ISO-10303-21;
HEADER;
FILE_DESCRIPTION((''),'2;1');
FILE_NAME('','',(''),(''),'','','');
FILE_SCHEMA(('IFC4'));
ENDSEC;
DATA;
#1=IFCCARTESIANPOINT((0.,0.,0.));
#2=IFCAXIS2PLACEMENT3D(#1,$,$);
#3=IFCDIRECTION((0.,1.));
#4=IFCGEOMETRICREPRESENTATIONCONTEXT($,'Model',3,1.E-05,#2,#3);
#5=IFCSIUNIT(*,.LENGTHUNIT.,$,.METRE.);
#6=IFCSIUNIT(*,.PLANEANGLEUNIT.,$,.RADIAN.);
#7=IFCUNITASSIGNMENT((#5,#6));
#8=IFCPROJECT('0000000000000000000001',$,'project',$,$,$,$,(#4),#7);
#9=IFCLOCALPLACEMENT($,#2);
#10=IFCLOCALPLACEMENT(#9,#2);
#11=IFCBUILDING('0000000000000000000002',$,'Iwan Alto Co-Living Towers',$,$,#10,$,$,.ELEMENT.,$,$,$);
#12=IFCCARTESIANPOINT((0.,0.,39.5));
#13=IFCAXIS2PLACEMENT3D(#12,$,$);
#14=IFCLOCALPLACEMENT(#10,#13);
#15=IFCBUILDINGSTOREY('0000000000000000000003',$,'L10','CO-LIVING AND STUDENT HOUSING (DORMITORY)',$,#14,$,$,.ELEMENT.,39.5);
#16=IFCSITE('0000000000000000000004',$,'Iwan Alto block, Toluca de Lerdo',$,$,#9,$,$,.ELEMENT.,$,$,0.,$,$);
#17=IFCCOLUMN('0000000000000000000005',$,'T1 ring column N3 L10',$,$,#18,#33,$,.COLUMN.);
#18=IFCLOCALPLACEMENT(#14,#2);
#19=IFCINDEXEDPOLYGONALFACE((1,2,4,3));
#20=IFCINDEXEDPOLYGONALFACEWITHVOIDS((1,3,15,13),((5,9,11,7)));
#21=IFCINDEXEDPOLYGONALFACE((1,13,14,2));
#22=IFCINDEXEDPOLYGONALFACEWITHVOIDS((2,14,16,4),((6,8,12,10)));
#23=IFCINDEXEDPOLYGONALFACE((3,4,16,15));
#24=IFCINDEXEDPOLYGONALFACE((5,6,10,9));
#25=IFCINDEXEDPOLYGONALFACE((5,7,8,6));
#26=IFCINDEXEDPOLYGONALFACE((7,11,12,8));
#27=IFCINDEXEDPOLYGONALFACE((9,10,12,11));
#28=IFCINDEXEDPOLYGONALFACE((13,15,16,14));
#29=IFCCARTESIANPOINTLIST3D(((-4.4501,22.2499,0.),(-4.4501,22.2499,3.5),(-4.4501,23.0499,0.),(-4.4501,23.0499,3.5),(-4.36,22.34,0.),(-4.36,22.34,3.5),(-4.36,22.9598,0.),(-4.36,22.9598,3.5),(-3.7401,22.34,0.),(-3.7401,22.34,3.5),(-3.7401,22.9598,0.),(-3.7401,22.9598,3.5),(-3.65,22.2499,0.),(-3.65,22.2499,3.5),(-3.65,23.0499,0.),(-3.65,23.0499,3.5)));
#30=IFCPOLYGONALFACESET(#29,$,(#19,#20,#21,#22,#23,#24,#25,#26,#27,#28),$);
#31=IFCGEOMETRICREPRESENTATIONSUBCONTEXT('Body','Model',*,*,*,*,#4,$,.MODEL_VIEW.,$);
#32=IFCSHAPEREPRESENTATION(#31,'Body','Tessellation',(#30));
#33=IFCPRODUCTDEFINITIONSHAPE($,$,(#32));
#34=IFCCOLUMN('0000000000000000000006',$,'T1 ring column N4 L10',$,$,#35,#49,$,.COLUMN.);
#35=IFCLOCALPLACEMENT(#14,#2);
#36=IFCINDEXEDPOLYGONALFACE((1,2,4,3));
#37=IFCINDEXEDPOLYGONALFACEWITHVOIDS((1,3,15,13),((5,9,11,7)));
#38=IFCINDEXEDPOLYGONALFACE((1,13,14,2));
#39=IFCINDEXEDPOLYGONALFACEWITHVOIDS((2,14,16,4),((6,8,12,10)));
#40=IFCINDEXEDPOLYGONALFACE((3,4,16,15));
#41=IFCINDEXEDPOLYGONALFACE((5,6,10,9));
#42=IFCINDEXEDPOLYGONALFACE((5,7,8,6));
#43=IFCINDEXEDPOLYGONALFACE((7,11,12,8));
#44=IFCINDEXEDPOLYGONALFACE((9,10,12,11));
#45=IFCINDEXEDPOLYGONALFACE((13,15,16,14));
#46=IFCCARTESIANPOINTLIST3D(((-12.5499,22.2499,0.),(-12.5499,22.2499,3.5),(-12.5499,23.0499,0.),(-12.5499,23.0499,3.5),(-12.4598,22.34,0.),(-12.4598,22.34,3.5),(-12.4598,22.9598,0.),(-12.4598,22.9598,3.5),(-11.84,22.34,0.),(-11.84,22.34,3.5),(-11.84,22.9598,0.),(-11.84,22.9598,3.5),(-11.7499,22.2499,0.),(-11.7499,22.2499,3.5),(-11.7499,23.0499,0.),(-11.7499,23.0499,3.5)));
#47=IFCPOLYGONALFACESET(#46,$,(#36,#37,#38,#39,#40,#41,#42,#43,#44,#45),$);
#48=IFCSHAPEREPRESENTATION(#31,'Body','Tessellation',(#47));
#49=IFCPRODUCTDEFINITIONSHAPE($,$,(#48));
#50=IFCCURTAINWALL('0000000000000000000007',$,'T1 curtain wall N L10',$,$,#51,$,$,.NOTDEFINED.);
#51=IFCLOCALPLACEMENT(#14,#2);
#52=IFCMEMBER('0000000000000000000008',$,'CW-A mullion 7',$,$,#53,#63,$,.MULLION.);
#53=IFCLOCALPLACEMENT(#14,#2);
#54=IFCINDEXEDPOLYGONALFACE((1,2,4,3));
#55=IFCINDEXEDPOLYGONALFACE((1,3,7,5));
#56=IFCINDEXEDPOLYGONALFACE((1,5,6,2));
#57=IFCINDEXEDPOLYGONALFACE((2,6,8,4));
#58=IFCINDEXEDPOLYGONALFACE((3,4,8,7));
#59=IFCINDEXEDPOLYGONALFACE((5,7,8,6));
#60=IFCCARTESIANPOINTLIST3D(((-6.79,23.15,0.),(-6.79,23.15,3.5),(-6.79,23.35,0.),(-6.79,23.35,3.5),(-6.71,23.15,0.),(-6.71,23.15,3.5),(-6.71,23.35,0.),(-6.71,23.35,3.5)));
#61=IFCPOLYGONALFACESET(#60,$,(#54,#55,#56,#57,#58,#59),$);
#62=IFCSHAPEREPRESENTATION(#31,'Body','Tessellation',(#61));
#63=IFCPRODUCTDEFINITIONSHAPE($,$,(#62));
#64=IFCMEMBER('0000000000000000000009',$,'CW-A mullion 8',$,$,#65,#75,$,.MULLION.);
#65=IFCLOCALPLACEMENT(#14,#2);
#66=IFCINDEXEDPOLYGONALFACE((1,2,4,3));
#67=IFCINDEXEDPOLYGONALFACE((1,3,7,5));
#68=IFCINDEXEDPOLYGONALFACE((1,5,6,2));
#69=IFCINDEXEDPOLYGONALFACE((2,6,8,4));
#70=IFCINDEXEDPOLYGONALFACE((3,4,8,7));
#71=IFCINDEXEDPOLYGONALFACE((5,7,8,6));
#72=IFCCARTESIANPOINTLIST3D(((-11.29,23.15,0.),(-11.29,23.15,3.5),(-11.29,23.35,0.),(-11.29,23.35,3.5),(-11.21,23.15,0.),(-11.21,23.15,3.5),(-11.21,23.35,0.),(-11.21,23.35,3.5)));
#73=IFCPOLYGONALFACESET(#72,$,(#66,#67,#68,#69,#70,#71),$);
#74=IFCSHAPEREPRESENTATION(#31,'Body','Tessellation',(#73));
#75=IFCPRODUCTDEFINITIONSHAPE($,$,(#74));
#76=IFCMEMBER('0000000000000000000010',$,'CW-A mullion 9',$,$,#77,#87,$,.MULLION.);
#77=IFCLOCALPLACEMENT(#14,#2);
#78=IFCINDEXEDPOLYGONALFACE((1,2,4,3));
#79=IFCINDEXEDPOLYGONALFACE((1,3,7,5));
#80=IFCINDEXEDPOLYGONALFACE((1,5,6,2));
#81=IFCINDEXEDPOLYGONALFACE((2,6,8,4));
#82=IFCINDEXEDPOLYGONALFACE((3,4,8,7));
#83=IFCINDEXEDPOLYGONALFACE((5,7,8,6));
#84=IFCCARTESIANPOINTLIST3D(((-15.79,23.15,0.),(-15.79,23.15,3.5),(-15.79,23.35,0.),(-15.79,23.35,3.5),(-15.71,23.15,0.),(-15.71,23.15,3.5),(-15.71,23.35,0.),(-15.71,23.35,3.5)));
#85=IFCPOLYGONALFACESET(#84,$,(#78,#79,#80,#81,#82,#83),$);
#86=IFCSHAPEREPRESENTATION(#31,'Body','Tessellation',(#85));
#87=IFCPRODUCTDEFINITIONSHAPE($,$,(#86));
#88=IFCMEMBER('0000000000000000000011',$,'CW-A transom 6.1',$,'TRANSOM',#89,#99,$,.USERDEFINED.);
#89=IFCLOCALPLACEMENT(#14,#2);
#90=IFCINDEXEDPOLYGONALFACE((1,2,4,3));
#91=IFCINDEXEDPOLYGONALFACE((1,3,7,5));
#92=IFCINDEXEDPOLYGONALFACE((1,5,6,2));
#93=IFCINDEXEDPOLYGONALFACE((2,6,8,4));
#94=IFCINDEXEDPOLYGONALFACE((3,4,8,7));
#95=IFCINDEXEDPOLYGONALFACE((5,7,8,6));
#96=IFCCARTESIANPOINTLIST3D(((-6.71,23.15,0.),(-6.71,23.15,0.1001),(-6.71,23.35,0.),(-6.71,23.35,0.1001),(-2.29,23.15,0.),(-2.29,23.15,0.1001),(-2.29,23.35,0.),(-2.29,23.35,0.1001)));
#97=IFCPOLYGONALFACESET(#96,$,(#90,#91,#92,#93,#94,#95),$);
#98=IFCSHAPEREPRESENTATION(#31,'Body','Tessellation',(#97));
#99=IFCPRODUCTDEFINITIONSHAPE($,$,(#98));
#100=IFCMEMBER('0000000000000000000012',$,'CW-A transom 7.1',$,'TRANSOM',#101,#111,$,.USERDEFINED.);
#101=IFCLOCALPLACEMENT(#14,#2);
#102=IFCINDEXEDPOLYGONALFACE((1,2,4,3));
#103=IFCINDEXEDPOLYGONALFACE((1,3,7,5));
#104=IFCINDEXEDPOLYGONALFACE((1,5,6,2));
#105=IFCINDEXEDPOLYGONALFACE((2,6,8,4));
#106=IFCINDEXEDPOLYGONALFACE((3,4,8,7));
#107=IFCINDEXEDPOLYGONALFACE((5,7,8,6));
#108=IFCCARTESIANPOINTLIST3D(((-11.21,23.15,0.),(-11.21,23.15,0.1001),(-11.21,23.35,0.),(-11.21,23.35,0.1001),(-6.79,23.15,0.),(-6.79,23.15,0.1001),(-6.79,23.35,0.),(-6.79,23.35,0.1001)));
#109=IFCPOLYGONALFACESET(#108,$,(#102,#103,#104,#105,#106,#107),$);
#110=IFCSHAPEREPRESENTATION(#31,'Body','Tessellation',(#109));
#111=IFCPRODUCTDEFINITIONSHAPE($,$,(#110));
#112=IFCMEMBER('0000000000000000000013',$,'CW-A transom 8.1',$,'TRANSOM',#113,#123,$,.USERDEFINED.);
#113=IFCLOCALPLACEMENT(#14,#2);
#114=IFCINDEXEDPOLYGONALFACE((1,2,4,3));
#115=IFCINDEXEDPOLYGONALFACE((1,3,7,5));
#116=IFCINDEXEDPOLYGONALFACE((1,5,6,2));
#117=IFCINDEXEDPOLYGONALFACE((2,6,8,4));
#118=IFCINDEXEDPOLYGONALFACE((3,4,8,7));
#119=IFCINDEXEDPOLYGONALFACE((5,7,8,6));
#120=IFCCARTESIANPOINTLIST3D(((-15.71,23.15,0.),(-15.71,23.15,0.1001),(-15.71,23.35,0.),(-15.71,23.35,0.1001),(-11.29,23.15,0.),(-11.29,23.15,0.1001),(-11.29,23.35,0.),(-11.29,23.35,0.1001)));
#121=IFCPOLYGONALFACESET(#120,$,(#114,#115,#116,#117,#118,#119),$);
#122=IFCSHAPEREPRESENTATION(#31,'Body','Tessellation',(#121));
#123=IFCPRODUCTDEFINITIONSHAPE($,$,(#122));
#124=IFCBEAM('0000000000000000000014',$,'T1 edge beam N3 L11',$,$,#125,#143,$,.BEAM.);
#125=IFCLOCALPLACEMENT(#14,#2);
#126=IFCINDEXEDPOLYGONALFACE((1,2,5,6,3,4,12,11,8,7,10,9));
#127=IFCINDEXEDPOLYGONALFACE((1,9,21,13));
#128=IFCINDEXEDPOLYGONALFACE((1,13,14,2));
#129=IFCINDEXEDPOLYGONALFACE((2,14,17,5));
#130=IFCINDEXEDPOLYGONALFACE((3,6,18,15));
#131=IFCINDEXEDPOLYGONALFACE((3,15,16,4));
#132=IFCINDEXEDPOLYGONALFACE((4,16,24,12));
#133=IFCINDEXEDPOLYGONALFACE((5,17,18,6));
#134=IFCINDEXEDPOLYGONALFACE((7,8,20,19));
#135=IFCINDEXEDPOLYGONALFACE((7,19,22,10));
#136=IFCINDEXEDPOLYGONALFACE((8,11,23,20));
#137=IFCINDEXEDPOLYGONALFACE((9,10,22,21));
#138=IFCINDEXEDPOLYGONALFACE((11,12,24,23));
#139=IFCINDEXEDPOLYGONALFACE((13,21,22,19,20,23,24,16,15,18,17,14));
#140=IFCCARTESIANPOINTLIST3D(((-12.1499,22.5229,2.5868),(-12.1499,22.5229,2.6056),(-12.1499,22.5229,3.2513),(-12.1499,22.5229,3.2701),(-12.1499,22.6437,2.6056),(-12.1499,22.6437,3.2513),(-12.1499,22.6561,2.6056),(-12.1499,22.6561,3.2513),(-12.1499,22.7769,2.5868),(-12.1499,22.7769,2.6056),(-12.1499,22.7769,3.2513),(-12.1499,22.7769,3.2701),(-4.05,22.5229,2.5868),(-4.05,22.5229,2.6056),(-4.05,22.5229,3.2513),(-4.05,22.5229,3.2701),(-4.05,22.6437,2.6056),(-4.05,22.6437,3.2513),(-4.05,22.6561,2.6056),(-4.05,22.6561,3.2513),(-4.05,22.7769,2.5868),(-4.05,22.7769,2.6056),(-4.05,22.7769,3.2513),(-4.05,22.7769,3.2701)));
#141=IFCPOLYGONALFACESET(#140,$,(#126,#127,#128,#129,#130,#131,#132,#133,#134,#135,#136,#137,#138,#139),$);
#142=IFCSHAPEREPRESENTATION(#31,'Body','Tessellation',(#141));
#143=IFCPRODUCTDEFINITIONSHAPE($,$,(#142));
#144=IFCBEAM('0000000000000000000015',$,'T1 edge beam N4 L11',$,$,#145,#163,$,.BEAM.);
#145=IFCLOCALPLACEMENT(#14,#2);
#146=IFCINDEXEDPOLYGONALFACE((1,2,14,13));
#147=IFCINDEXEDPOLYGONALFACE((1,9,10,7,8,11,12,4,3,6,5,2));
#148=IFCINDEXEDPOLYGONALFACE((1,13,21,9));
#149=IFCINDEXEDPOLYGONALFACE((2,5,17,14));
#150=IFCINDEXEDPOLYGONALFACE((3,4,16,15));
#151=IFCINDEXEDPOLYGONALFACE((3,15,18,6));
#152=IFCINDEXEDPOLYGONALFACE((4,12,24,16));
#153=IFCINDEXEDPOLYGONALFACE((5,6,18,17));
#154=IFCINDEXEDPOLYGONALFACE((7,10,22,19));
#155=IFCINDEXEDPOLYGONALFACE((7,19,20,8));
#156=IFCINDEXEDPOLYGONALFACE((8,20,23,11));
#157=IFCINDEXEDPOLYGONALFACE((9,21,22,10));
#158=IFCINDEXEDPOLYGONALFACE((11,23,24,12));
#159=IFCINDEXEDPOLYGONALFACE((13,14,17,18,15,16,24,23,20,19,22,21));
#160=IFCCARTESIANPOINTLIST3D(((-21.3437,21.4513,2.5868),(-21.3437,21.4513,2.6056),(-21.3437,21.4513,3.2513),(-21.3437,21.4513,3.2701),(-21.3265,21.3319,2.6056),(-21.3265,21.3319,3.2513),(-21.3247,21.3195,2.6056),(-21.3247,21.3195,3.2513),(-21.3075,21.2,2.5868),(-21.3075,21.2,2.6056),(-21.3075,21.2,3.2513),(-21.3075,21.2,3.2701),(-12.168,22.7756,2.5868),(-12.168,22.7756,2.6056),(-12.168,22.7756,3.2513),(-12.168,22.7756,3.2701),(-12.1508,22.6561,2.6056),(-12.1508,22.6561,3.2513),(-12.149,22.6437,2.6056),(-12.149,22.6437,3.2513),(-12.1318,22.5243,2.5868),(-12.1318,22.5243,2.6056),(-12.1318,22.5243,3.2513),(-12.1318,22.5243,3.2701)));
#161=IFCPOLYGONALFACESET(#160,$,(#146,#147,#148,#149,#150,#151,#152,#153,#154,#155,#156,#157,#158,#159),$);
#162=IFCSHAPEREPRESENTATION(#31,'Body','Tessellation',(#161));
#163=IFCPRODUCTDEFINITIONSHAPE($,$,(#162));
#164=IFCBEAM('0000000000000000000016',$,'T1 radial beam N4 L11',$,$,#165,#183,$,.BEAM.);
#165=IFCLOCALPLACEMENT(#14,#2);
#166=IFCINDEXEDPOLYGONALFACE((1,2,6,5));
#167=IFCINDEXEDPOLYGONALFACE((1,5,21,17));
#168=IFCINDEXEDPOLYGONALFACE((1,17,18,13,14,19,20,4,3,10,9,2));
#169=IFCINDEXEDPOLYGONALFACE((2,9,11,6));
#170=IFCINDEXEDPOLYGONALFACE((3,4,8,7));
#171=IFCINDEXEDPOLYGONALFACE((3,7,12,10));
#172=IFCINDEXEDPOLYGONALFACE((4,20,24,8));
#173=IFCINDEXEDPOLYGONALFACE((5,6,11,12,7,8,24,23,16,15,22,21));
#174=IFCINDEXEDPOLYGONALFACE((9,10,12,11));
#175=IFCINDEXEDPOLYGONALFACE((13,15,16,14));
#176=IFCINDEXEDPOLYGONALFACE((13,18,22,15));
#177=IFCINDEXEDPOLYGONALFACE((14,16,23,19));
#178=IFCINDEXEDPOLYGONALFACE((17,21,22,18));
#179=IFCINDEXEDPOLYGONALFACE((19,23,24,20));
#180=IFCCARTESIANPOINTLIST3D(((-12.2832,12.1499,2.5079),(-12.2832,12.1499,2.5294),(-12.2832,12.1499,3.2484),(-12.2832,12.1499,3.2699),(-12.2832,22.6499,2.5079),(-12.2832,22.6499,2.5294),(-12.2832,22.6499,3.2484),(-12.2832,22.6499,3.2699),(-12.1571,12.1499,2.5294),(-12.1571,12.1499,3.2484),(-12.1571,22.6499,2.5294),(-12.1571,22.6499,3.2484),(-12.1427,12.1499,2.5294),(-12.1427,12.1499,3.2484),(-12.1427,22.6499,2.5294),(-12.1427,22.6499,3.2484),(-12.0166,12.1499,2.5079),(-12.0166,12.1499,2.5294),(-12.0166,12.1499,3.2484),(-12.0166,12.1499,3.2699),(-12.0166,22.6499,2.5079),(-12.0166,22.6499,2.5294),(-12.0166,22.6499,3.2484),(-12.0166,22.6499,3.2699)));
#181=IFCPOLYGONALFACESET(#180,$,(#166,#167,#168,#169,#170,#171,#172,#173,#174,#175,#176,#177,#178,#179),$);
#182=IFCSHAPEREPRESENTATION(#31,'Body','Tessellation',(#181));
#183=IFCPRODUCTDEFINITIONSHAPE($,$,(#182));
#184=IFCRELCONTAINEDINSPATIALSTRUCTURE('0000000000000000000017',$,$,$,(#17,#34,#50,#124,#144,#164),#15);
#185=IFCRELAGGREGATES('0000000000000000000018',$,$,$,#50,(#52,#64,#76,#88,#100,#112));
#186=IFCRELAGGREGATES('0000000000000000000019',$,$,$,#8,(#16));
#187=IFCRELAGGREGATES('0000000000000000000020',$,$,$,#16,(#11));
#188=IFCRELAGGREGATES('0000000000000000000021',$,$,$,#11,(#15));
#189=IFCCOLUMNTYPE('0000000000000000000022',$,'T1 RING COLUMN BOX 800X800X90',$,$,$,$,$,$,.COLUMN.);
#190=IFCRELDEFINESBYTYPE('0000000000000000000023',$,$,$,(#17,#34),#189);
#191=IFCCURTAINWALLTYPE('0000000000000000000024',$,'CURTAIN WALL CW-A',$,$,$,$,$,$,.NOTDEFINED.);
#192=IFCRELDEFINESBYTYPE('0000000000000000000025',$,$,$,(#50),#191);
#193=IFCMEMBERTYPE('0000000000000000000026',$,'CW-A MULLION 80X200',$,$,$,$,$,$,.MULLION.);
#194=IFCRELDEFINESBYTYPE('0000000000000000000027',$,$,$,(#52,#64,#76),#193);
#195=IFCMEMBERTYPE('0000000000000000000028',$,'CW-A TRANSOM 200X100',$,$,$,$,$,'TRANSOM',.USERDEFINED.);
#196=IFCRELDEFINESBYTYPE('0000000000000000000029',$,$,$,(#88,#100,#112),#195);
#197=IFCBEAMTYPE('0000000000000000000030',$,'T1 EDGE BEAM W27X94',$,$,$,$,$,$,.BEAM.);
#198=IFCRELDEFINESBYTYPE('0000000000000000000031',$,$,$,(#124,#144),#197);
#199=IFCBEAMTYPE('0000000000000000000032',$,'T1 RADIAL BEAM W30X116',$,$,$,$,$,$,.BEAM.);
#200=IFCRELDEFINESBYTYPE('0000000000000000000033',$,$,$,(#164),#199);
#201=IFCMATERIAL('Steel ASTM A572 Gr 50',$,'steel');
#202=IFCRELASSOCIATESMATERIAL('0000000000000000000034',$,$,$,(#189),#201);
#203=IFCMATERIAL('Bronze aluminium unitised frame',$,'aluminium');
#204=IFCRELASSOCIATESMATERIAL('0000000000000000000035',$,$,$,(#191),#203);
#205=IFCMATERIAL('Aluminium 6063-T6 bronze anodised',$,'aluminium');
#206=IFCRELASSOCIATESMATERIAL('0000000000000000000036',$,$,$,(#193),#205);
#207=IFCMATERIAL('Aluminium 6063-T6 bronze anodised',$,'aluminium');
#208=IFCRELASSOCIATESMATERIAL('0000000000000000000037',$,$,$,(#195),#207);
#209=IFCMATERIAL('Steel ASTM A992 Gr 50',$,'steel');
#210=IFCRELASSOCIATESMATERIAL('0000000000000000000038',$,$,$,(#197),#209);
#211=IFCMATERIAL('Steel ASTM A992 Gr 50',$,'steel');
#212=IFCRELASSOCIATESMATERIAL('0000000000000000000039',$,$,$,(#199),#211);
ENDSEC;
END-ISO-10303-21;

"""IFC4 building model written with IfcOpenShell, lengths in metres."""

from ifc_helpers import new_model, si_unit, direction, frame, origin, origin_2d, place, context, subcontext, project, spatial, rectangle, hollow_rectangle, i_section, extrude, material, material_profile, profile_set, type_object, element, aggregate, save


model = new_model("IFC4")

# Units and contexts
model_context = context("Model", 3, precision=1e-05, world=origin(), true_north=direction((0.0, 1.0)))
body_context = subcontext(model_context, "Body", "Model", "MODEL_VIEW")
ifc_project = project(units=[si_unit("LENGTHUNIT", "METRE"), si_unit("PLANEANGLEUNIT", "RADIAN")], contexts=[model_context])

# Site, building, storey
site_placement = place(None, origin())
site = spatial("IfcSite", under=ifc_project, at=site_placement, Name="Iwan Alto block, Toluca de Lerdo", CompositionType="ELEMENT", RefElevation=0.0)
building_placement = place(site_placement, origin())
building = spatial("IfcBuilding", under=site, at=building_placement, Name="Iwan Alto Co-Living Towers", CompositionType="ELEMENT")
storey_placement = place(building_placement, frame((0.0, 0.0, 39.5)))
storey = spatial("IfcBuildingStorey", under=building, at=storey_placement, Name="L10", Description="CO-LIVING AND STUDENT HOUSING (DORMITORY)", CompositionType="ELEMENT", Elevation=39.5)

# Columns
ifc_material_1 = material(Name="Steel ASTM A572 Gr 50", Category="steel")
ifc_material_profile_1 = material_profile(ifc_material_1, hollow_rectangle(XDim=0.8, YDim=0.8, WallThickness=0.0901, at=origin_2d()), Name="BOX 800X800X90")
ifc_profile_set_1 = profile_set([ifc_material_profile_1], Name="Steel ASTM A572 Gr 50")
column_type = type_object("IfcColumnType", Name="T1 RING COLUMN BOX 800X800X90", PredefinedType="COLUMN", material=ifc_profile_set_1)
for number, where, z_axis, x_axis, name in (
    (1, (-4.05, 22.6499, 0.0), (0.0, 0.0, 1.0), (1.0, 0.0, 0.0), "T1 ring column N3 L10"),
    (2, (-12.1499, 22.6499, 0.0), (0.0, 0.0, 1.0), (1.0, 0.0, 0.0), "T1 ring column N4 L10"),
):
    element("IfcColumn", number, at=place(storey_placement, frame(where, z_axis=z_axis, x_axis=x_axis)), inside=storey, type_object=column_type, Name=name, PredefinedType="COLUMN", context=body_context, shape_type="SweptSolid", body=[
        extrude(hollow_rectangle(XDim=0.8, YDim=0.8, WallThickness=0.0901, at=origin_2d()), origin(), (0.0, 0.0, 1.0), 3.5),
    ])

# Curtain wall, members
ifc_material_2 = material(Name="Bronze aluminium unitised frame", Category="aluminium")
curtain_wall_type = type_object("IfcCurtainWallType", Name="CURTAIN WALL CW-A", PredefinedType="NOTDEFINED", material=ifc_material_2)
curtain_wall_placement = place(storey_placement, origin())
curtain_wall = element("IfcCurtainWall", 3, at=curtain_wall_placement, inside=storey, type_object=curtain_wall_type, Name="T1 curtain wall N L10", PredefinedType="NOTDEFINED")
ifc_material_3 = material(Name="Aluminium 6063-T6 bronze anodised", Category="aluminium")
ifc_material_profile_2 = material_profile(ifc_material_3, rectangle(XDim=0.2, YDim=0.0801, at=origin_2d()), Name="AL 80X200")
ifc_profile_set_2 = profile_set([ifc_material_profile_2], Name="Aluminium 6063-T6 bronze anodised")
member_type_1 = type_object("IfcMemberType", Name="CW-A MULLION 80X200", PredefinedType="MULLION", material=ifc_profile_set_2)
member_1_placement = place(storey_placement, frame((-6.75, 23.25, 0.0), z_axis=(0.0, 0.0, 1.0), x_axis=(0.0, -1.0, 0.0)))
member_1 = element("IfcMember", 4, at=member_1_placement, type_object=member_type_1, Name="CW-A mullion 7", PredefinedType="MULLION", context=body_context, shape_type="SweptSolid", body=[
    extrude(rectangle(XDim=0.2, YDim=0.0801, at=origin_2d()), origin(), (0.0, 0.0, 1.0), 3.5),
])
member_2_placement = place(storey_placement, frame((-11.25, 23.25, 0.0), z_axis=(0.0, 0.0, 1.0), x_axis=(0.0, -1.0, 0.0)))
member_2 = element("IfcMember", 5, at=member_2_placement, type_object=member_type_1, Name="CW-A mullion 8", PredefinedType="MULLION", context=body_context, shape_type="SweptSolid", body=[
    extrude(rectangle(XDim=0.2, YDim=0.0801, at=origin_2d()), origin(), (0.0, 0.0, 1.0), 3.5),
])
member_3_placement = place(storey_placement, frame((-15.75, 23.25, 0.0), z_axis=(0.0, 0.0, 1.0), x_axis=(0.0, -1.0, 0.0)))
member_3 = element("IfcMember", 6, at=member_3_placement, type_object=member_type_1, Name="CW-A mullion 9", PredefinedType="MULLION", context=body_context, shape_type="SweptSolid", body=[
    extrude(rectangle(XDim=0.2, YDim=0.0801, at=origin_2d()), origin(), (0.0, 0.0, 1.0), 3.5),
])
ifc_material_4 = material(Name="Aluminium 6063-T6 bronze anodised", Category="aluminium")
ifc_material_profile_3 = material_profile(ifc_material_4, rectangle(XDim=0.2, YDim=0.1001, at=origin_2d()), Name="AL 200X100")
ifc_profile_set_3 = profile_set([ifc_material_profile_3], Name="Aluminium 6063-T6 bronze anodised")
member_type_2 = type_object("IfcMemberType", Name="CW-A TRANSOM 200X100", ElementType="TRANSOM", PredefinedType="USERDEFINED", material=ifc_profile_set_3)
member_4_placement = place(storey_placement, frame((-2.29, 23.25, 0.05), z_axis=(-1.0, 0.0, 0.0), x_axis=(0.0, -1.0, 0.0)))
member_4 = element("IfcMember", 7, at=member_4_placement, type_object=member_type_2, Name="CW-A transom 6.1", ObjectType="TRANSOM", PredefinedType="USERDEFINED", context=body_context, shape_type="SweptSolid", body=[
    extrude(rectangle(XDim=0.2, YDim=0.1001, at=origin_2d()), origin(), (0.0, 0.0, 1.0), 4.4199),
])
member_5_placement = place(storey_placement, frame((-6.79, 23.25, 0.05), z_axis=(-1.0, 0.0, 0.0), x_axis=(0.0, -1.0, 0.0)))
member_5 = element("IfcMember", 8, at=member_5_placement, type_object=member_type_2, Name="CW-A transom 7.1", ObjectType="TRANSOM", PredefinedType="USERDEFINED", context=body_context, shape_type="SweptSolid", body=[
    extrude(rectangle(XDim=0.2, YDim=0.1001, at=origin_2d()), origin(), (0.0, 0.0, 1.0), 4.4199),
])
member_6_placement = place(storey_placement, frame((-11.29, 23.25, 0.05), z_axis=(-1.0, 0.0, 0.0), x_axis=(0.0, -1.0, 0.0)))
member_6 = element("IfcMember", 9, at=member_6_placement, type_object=member_type_2, Name="CW-A transom 8.1", ObjectType="TRANSOM", PredefinedType="USERDEFINED", context=body_context, shape_type="SweptSolid", body=[
    extrude(rectangle(XDim=0.2, YDim=0.1001, at=origin_2d()), origin(), (0.0, 0.0, 1.0), 4.4199),
])

# Beams
ifc_material_5 = material(Name="Steel ASTM A992 Gr 50", Category="steel")
ifc_material_profile_4 = material_profile(ifc_material_5, i_section(OverallWidth=0.2539, OverallDepth=0.6833, WebThickness=0.0125, FlangeThickness=0.0188, at=origin_2d()), Name="W27X94")
ifc_profile_set_4 = profile_set([ifc_material_profile_4], Name="Steel ASTM A992 Gr 50")
beam_type_1 = type_object("IfcBeamType", Name="T1 EDGE BEAM W27X94", PredefinedType="BEAM", material=ifc_profile_set_4)
beam_1_placement = place(storey_placement, frame((-4.05, 22.6499, 2.9285), z_axis=(-1.0, 0.0, 0.0), x_axis=(0.0, -1.0, 0.0)))
element("IfcBeam", 10, at=beam_1_placement, inside=storey, type_object=beam_type_1, Name="T1 edge beam N3 L11", PredefinedType="BEAM", context=body_context, shape_type="SweptSolid", body=[
    extrude(i_section(OverallWidth=0.2539, OverallDepth=0.6833, WebThickness=0.0125, FlangeThickness=0.0188, at=origin_2d()), origin(), (0.0, 0.0, 1.0), 8.0999),
])
beam_2_placement = place(storey_placement, frame((-12.1499, 22.6499, 2.9285), z_axis=(-0.989746, -0.142837, 0.0), x_axis=(0.142837, -0.989746, 0.0)))
element("IfcBeam", 11, at=beam_2_placement, inside=storey, type_object=beam_type_1, Name="T1 edge beam N4 L11", PredefinedType="BEAM", context=body_context, shape_type="SweptSolid", body=[
    extrude(i_section(OverallWidth=0.2539, OverallDepth=0.6833, WebThickness=0.0125, FlangeThickness=0.0188, at=origin_2d()), origin(), (0.0, 0.0, 1.0), 9.2708),
])
ifc_material_6 = material(Name="Steel ASTM A992 Gr 50", Category="steel")
ifc_material_profile_5 = material_profile(ifc_material_6, i_section(OverallWidth=0.2666, OverallDepth=0.762, WebThickness=0.0144, FlangeThickness=0.0215, at=origin_2d()), Name="W30X116")
ifc_profile_set_5 = profile_set([ifc_material_profile_5], Name="Steel ASTM A992 Gr 50")
beam_type_2 = type_object("IfcBeamType", Name="T1 RADIAL BEAM W30X116", PredefinedType="BEAM", material=ifc_profile_set_5)
beam_3_placement = place(storey_placement, frame((-12.1499, 22.6499, 2.8889), z_axis=(0.0, -1.0, 0.0), x_axis=(1.0, 0.0, 0.0)))
element("IfcBeam", 12, at=beam_3_placement, inside=storey, type_object=beam_type_2, Name="T1 radial beam N4 L11", PredefinedType="BEAM", context=body_context, shape_type="SweptSolid", body=[
    extrude(i_section(OverallWidth=0.2666, OverallDepth=0.762, WebThickness=0.0144, FlangeThickness=0.0215, at=origin_2d()), origin(), (0.0, 0.0, 1.0), 10.5),
])

aggregate(curtain_wall, [member_1, member_2, member_3, member_4, member_5, member_6])

save(model, "model.ifc")
